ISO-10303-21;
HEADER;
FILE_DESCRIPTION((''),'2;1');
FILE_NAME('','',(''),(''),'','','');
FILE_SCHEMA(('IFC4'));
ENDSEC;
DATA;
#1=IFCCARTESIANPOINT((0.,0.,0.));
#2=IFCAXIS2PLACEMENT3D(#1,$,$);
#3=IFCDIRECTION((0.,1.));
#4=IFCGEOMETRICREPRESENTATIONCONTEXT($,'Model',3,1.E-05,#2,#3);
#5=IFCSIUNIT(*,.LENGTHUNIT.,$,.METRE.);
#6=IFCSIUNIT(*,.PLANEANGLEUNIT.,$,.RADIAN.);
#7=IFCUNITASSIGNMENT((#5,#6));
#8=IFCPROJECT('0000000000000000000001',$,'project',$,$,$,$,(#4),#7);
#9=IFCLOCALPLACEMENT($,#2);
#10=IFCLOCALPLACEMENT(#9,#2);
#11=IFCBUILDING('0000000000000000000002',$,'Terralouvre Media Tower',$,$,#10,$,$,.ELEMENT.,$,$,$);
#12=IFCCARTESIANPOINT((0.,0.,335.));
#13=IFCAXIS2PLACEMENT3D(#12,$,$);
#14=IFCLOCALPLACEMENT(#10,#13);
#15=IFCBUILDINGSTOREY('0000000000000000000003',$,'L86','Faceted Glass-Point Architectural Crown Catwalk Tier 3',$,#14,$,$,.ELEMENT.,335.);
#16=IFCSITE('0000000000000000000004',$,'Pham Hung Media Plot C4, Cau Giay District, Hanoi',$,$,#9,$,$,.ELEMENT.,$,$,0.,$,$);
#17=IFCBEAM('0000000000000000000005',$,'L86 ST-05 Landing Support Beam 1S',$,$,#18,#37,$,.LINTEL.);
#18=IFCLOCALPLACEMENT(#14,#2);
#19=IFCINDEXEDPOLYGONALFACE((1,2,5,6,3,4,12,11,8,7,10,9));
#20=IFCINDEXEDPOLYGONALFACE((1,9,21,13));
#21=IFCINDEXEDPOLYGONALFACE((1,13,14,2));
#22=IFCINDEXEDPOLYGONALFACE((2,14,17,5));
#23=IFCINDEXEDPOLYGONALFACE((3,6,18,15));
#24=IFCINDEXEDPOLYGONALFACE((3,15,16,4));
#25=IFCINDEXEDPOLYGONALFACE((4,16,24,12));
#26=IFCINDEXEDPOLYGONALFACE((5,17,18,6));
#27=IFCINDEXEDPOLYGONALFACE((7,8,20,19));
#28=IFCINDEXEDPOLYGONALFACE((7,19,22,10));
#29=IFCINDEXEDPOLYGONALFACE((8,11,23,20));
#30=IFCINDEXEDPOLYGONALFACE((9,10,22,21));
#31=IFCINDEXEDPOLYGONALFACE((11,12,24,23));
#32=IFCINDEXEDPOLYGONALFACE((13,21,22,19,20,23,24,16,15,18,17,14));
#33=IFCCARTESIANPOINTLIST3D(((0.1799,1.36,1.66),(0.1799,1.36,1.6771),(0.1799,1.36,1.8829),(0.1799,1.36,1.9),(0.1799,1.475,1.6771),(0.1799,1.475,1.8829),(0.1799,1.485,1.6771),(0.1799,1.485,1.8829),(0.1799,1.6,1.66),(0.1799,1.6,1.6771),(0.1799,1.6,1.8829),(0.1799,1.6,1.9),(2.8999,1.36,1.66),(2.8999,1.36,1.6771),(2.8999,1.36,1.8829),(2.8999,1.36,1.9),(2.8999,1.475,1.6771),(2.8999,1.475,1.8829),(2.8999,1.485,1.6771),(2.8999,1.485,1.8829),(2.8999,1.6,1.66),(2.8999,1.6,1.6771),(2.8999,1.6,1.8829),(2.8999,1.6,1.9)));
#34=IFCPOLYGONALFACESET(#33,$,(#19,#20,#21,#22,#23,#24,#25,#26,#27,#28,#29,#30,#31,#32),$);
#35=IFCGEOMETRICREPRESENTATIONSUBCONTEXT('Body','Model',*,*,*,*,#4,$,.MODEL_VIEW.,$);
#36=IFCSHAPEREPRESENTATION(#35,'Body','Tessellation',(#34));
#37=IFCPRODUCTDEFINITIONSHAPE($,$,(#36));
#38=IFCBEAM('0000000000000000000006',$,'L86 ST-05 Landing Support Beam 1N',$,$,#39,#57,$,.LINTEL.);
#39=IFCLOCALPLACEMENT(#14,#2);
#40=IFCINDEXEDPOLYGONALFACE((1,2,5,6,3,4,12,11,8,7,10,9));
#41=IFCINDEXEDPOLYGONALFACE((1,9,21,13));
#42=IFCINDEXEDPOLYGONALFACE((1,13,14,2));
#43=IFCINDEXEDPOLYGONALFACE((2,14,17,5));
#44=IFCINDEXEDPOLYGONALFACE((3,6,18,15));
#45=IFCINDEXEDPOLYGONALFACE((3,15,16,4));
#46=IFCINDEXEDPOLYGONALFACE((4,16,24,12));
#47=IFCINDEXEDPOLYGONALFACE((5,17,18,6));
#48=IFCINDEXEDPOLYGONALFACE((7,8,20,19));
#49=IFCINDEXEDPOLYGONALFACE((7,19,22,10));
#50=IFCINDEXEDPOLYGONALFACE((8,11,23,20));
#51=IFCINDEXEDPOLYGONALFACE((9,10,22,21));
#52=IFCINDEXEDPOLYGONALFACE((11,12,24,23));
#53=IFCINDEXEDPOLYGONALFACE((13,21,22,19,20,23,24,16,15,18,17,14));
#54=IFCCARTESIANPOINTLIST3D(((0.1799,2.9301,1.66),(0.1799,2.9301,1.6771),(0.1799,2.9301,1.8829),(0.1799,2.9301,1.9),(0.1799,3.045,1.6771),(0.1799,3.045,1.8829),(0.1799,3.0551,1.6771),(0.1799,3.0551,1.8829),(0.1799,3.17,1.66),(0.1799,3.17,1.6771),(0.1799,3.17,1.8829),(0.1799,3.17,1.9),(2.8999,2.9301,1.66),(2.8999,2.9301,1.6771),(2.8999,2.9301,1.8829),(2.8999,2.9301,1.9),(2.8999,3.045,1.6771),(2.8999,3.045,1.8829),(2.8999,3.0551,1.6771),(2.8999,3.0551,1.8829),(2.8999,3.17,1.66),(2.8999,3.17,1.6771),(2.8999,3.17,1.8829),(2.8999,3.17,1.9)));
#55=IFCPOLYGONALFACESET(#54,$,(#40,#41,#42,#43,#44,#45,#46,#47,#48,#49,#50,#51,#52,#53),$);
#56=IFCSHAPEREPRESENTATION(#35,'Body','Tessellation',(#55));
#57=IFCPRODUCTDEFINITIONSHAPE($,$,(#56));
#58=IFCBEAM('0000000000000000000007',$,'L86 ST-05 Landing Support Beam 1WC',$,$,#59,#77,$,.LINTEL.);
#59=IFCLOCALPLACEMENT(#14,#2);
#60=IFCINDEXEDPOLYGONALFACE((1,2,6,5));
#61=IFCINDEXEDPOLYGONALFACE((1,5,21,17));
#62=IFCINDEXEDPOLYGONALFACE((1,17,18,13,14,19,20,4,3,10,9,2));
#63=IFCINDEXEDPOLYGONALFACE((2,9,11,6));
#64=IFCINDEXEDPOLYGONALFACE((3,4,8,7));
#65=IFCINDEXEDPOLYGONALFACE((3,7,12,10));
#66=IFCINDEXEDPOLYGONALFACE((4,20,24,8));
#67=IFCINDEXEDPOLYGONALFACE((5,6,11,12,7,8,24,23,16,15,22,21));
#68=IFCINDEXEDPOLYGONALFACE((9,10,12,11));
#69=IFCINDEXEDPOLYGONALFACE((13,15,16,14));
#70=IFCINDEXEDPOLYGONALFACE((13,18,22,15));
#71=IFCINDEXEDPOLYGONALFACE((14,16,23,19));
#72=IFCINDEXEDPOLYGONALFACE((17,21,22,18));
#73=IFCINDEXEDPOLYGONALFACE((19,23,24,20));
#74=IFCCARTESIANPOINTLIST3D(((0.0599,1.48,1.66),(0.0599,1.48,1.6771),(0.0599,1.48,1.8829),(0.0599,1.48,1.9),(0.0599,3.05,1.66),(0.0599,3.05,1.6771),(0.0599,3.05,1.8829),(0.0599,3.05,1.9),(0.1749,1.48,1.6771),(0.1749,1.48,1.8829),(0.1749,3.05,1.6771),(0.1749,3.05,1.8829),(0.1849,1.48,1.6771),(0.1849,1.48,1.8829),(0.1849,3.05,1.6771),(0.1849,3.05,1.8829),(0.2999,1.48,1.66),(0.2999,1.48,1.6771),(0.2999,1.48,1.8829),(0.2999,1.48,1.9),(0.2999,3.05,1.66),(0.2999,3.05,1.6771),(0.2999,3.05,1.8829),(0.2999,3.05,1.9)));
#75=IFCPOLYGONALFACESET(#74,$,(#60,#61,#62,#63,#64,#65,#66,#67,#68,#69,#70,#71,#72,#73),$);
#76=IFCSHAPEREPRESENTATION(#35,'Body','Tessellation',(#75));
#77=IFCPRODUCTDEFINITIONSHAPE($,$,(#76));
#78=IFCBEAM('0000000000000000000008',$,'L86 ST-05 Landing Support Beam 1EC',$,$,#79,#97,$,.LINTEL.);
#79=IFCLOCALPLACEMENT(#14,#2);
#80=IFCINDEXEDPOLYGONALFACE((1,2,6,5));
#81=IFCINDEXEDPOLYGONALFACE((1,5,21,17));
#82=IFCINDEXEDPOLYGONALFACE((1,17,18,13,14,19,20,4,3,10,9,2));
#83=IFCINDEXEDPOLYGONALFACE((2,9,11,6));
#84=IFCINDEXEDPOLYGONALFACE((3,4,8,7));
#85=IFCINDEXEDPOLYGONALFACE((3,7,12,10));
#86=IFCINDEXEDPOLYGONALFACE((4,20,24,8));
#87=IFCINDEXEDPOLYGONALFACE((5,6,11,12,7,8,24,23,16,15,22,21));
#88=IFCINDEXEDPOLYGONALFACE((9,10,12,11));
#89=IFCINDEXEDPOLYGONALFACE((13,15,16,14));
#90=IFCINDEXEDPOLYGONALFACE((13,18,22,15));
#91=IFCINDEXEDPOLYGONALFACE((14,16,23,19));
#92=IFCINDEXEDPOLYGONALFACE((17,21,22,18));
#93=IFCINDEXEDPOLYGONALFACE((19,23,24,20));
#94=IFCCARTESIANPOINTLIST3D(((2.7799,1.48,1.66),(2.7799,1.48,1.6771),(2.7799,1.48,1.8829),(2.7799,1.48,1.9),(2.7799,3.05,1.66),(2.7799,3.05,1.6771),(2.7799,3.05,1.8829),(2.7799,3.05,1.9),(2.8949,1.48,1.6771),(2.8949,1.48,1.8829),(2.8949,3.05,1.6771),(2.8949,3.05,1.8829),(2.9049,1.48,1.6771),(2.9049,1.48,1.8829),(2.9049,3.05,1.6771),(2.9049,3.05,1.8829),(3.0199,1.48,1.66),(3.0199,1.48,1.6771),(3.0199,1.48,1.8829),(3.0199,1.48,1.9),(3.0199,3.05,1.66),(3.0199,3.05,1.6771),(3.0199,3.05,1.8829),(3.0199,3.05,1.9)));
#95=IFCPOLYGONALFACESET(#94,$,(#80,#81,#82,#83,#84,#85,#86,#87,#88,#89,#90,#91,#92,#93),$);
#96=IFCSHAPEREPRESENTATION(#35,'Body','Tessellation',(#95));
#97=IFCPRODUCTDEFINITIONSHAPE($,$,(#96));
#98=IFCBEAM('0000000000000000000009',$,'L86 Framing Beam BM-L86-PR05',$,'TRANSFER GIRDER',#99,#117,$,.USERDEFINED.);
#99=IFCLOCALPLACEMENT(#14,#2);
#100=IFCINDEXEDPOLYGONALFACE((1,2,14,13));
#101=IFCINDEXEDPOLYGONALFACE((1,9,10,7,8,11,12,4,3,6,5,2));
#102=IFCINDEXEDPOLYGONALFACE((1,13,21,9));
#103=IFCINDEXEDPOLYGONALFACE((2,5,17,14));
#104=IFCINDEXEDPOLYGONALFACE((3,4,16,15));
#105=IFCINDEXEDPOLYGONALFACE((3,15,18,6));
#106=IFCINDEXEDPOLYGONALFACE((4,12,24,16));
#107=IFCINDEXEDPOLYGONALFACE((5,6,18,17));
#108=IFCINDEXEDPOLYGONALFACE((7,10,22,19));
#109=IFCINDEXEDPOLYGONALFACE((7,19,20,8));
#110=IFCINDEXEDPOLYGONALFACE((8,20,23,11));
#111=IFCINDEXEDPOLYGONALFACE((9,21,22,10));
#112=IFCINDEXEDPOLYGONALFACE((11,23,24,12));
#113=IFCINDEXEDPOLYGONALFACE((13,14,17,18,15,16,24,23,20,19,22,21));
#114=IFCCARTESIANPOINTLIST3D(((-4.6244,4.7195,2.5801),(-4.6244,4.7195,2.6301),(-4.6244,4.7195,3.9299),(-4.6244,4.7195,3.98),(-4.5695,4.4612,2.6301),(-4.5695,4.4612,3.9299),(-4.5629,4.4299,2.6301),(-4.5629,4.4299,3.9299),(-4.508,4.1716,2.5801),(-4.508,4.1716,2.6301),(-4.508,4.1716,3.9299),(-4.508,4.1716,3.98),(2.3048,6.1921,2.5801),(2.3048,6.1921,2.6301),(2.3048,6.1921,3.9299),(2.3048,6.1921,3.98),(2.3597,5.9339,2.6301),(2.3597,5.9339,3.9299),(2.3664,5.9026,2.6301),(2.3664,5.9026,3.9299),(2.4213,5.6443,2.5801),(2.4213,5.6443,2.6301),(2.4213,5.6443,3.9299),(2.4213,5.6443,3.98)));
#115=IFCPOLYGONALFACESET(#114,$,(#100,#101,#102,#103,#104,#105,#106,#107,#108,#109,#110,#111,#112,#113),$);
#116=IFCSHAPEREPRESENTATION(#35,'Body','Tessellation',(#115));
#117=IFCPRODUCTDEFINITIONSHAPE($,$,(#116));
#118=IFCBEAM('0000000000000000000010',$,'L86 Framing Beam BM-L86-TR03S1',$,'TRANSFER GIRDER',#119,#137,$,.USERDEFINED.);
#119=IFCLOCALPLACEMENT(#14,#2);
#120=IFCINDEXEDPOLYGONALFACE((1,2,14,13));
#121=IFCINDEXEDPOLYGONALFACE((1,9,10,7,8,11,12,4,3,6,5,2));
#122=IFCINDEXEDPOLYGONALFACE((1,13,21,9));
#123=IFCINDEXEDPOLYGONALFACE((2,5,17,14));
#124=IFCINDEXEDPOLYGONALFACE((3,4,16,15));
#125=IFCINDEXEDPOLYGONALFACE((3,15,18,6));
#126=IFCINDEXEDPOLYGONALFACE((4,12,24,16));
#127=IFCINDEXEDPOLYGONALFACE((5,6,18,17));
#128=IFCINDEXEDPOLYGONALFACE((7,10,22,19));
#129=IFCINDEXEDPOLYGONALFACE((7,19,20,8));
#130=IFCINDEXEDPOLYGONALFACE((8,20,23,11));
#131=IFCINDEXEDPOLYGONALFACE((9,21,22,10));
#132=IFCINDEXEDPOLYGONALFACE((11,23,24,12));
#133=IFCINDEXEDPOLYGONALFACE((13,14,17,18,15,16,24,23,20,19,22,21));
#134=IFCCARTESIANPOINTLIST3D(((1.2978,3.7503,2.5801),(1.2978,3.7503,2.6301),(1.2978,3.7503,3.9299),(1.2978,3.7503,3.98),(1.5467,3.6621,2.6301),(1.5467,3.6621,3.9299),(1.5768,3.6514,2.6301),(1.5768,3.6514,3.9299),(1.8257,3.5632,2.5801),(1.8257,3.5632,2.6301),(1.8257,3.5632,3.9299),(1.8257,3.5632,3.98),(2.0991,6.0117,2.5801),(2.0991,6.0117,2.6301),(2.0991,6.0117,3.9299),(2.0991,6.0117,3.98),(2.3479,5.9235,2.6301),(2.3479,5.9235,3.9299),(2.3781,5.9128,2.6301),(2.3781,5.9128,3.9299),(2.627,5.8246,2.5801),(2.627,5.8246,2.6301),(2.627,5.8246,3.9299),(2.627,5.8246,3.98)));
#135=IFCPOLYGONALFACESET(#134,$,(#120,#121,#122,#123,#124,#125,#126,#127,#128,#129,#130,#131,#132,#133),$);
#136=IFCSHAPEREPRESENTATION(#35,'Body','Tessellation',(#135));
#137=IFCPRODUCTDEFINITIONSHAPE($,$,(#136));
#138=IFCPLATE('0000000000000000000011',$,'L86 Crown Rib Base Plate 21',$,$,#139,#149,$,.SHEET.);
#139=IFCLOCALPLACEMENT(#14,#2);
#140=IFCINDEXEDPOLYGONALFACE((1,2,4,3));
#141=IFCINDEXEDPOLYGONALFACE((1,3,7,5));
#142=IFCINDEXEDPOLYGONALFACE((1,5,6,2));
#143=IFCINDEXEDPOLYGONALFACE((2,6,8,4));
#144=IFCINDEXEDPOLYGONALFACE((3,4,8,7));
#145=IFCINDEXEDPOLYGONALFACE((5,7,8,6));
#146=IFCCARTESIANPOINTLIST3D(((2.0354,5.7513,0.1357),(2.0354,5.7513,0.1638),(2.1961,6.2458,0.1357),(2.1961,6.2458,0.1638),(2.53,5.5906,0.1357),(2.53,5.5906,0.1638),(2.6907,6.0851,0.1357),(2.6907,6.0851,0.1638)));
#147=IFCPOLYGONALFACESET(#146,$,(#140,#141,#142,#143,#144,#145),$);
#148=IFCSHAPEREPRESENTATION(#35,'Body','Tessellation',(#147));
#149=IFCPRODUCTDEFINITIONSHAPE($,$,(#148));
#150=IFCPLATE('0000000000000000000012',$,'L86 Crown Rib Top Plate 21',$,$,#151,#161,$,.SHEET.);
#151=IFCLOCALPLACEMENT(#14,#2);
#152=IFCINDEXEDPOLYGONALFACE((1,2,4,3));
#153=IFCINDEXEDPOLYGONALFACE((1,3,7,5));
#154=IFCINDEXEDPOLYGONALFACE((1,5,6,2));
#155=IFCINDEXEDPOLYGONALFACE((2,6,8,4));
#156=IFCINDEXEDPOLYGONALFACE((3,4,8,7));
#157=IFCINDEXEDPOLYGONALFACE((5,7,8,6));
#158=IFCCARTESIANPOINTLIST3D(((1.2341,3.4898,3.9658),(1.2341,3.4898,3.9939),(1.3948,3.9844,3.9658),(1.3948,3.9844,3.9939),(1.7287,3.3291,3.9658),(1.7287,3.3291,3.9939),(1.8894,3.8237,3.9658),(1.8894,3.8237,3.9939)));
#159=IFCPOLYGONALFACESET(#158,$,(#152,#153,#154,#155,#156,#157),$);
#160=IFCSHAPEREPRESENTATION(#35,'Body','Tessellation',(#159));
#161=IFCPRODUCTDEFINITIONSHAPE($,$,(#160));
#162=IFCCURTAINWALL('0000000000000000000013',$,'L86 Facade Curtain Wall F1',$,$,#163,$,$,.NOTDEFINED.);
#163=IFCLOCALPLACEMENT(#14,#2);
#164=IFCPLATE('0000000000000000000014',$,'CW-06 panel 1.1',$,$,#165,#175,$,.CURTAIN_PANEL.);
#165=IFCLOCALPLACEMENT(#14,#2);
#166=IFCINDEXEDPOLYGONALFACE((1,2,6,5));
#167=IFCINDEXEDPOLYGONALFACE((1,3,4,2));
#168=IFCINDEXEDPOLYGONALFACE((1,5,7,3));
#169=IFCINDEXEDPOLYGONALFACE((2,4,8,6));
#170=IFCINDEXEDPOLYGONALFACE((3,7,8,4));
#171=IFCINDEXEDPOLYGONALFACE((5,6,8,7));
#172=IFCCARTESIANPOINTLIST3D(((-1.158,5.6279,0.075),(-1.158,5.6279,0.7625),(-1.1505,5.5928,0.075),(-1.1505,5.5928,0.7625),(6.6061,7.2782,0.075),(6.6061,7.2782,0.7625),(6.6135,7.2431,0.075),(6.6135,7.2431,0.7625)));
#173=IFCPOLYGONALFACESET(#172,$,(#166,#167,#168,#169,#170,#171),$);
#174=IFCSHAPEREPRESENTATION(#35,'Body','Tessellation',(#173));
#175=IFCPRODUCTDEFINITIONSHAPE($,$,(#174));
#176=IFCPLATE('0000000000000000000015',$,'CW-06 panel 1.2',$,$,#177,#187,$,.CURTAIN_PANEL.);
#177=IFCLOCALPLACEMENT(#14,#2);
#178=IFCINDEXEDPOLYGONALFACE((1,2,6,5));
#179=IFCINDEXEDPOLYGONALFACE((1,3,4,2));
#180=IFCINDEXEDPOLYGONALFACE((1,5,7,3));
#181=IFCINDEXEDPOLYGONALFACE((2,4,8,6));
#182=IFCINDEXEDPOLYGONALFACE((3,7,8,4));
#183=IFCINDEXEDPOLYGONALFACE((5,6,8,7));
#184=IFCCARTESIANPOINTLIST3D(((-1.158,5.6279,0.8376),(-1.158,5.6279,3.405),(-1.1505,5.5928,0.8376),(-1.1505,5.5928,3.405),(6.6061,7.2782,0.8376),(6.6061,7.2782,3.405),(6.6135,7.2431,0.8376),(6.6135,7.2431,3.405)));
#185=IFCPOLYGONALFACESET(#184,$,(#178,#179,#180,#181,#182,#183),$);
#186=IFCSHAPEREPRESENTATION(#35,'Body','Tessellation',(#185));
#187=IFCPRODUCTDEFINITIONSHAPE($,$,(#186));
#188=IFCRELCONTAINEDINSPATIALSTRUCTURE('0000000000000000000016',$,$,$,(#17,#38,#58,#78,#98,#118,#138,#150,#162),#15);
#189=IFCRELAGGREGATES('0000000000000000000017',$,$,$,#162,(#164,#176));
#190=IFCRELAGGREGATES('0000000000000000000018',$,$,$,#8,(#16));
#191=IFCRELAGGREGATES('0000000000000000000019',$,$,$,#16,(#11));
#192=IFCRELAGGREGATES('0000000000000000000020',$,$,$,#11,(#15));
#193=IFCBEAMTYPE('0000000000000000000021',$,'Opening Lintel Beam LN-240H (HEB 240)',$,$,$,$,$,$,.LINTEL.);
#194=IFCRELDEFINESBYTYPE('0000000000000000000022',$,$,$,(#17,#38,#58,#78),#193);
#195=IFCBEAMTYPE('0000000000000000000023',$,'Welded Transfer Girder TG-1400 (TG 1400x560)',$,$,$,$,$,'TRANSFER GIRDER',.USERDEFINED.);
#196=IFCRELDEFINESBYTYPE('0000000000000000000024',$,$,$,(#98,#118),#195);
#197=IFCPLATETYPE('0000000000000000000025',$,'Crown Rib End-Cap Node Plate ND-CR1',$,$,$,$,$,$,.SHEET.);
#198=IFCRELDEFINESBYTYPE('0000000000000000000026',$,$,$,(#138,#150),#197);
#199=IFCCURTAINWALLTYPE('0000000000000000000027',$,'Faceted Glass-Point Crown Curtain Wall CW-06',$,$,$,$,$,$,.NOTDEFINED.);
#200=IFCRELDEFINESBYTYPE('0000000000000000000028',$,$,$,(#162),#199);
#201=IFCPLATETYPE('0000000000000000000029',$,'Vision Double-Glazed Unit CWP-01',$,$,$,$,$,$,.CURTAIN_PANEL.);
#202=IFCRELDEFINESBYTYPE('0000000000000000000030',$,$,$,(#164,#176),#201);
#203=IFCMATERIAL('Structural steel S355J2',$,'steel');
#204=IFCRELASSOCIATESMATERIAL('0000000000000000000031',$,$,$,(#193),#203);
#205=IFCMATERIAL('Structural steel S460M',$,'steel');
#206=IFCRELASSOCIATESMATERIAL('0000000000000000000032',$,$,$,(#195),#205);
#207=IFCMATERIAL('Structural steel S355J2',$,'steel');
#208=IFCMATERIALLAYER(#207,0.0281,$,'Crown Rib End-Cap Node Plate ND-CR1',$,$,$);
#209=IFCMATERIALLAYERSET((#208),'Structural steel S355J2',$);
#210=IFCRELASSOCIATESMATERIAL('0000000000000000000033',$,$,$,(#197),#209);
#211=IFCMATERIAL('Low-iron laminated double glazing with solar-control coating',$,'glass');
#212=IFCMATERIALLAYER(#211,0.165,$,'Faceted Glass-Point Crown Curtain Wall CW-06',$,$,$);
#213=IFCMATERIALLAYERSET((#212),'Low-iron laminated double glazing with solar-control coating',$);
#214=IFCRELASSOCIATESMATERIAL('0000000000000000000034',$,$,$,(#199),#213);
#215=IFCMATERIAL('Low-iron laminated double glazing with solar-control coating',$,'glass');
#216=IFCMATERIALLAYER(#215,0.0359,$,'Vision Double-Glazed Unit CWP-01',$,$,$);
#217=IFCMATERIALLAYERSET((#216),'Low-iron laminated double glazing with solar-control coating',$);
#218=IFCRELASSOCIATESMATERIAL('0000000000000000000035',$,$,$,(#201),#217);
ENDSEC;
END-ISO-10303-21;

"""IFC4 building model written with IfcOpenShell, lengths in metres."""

from ifc_helpers import new_model, si_unit, direction, frame, origin, origin_2d, place, context, subcontext, project, spatial, rectangle, i_section, extrude, material, layer, layer_set, material_profile, profile_set, type_object, element, aggregate, save


model = new_model("IFC4")

# Units and contexts
model_context = context("Model", 3, precision=1e-05, world=origin(), true_north=direction((0.0, 1.0)))
body_context = subcontext(model_context, "Body", "Model", "MODEL_VIEW")
ifc_project = project(units=[si_unit("LENGTHUNIT", "METRE"), si_unit("PLANEANGLEUNIT", "RADIAN")], contexts=[model_context])

# Site, building, storey
site_placement = place(None, origin())
site = spatial("IfcSite", under=ifc_project, at=site_placement, Name="Pham Hung Media Plot C4, Cau Giay District, Hanoi", CompositionType="ELEMENT", RefElevation=0.0)
building_placement = place(site_placement, origin())
building = spatial("IfcBuilding", under=site, at=building_placement, Name="Terralouvre Media Tower", CompositionType="ELEMENT")
storey_placement = place(building_placement, frame((0.0, 0.0, 335.0)))
storey = spatial("IfcBuildingStorey", under=building, at=storey_placement, Name="L86", Description="Faceted Glass-Point Architectural Crown Catwalk Tier 3", CompositionType="ELEMENT", Elevation=335.0)

# Beams
ifc_material_1 = material(Name="Structural steel S355J2", Category="steel")
ifc_material_profile_1 = material_profile(ifc_material_1, i_section(OverallWidth=0.24, OverallDepth=0.24, WebThickness=0.01, FlangeThickness=0.0171, at=origin_2d()), Name="HEB 240")
ifc_profile_set_1 = profile_set([ifc_material_profile_1], Name="Structural steel S355J2")
beam_type_1 = type_object("IfcBeamType", Name="Opening Lintel Beam LN-240H (HEB 240)", PredefinedType="LINTEL", material=ifc_profile_set_1)
for number, where, z_axis, x_axis, name in (
    (1, (0.1799, 1.48, 1.78), (1.0, 0.0, 0.0), (0.0, 1.0, 0.0), "L86 ST-05 Landing Support Beam 1S"),
    (2, (0.1799, 3.05, 1.78), (1.0, 0.0, 0.0), (0.0, 1.0, 0.0), "L86 ST-05 Landing Support Beam 1N"),
):
    element("IfcBeam", number, at=place(storey_placement, frame(where, z_axis=z_axis, x_axis=x_axis)), inside=storey, type_object=beam_type_1, Name=name, PredefinedType="LINTEL", context=body_context, shape_type="SweptSolid", body=[
        extrude(i_section(OverallWidth=0.24, OverallDepth=0.24, WebThickness=0.01, FlangeThickness=0.0171, at=origin_2d()), origin(), (0.0, 0.0, 1.0), 2.72),
    ])
for number, where, z_axis, x_axis, name in (
    (3, (0.1799, 1.48, 1.78), (0.0, 1.0, 0.0), (-1.0, 0.0, 0.0), "L86 ST-05 Landing Support Beam 1WC"),
    (4, (2.8999, 1.48, 1.78), (0.0, 1.0, 0.0), (-1.0, 0.0, 0.0), "L86 ST-05 Landing Support Beam 1EC"),
):
    element("IfcBeam", number, at=place(storey_placement, frame(where, z_axis=z_axis, x_axis=x_axis)), inside=storey, type_object=beam_type_1, Name=name, PredefinedType="LINTEL", context=body_context, shape_type="SweptSolid", body=[
        extrude(i_section(OverallWidth=0.24, OverallDepth=0.24, WebThickness=0.01, FlangeThickness=0.0171, at=origin_2d()), origin(), (0.0, 0.0, 1.0), 1.5701),
    ])
ifc_material_2 = material(Name="Structural steel S460M", Category="steel")
ifc_material_profile_2 = material_profile(ifc_material_2, i_section(OverallWidth=0.5601, OverallDepth=1.3999, WebThickness=0.032, FlangeThickness=0.05, at=origin_2d()), Name="TG 1400x560")
ifc_profile_set_2 = profile_set([ifc_material_profile_2], Name="Structural steel S460M")
beam_type_2 = type_object("IfcBeamType", Name="Welded Transfer Girder TG-1400 (TG 1400x560)", ElementType="TRANSFER GIRDER", PredefinedType="USERDEFINED", material=ifc_profile_set_2)
beam_1_placement = place(storey_placement, frame((2.363, 5.9182, 3.28), z_axis=(-0.978153, -0.207886, 0.0), x_axis=(0.207886, -0.978153, 0.0)))
element("IfcBeam", 5, at=beam_1_placement, inside=storey, type_object=beam_type_2, Name="L86 Framing Beam BM-L86-PR05", ObjectType="TRANSFER GIRDER", PredefinedType="USERDEFINED", context=body_context, shape_type="SweptSolid", body=[
    extrude(i_section(OverallWidth=0.5601, OverallDepth=1.3999, WebThickness=0.032, FlangeThickness=0.05, at=origin_2d()), origin(), (0.0, 0.0, 1.0), 7.084),
])
beam_2_placement = place(storey_placement, frame((1.5618, 3.6567, 3.28), z_axis=(0.33397, 0.942584, 0.0), x_axis=(-0.942584, 0.33397, 0.0)))
element("IfcBeam", 6, at=beam_2_placement, inside=storey, type_object=beam_type_2, Name="L86 Framing Beam BM-L86-TR03S1", ObjectType="TRANSFER GIRDER", PredefinedType="USERDEFINED", context=body_context, shape_type="SweptSolid", body=[
    extrude(i_section(OverallWidth=0.5601, OverallDepth=1.3999, WebThickness=0.032, FlangeThickness=0.05, at=origin_2d()), origin(), (0.0, 0.0, 1.0), 2.3992),
])

# Plates
ifc_material_3 = material(Name="Structural steel S355J2", Category="steel")
ifc_layer_1 = layer(ifc_material_3, 0.0281, Name="Crown Rib End-Cap Node Plate ND-CR1")
ifc_layer_set_1 = layer_set([ifc_layer_1], Name="Structural steel S355J2")
plate_type_1 = type_object("IfcPlateType", Name="Crown Rib End-Cap Node Plate ND-CR1", PredefinedType="SHEET", material=ifc_layer_set_1)
for number, where, z_axis, x_axis, name in (
    (7, (2.363, 5.9182, 0.1357), (0.0, 0.0, 1.0), (0.309017, 0.951057, 0.0), "L86 Crown Rib Base Plate 21"),
    (8, (1.5618, 3.6567, 3.9658), (0.0, 0.0, 1.0), (0.309017, 0.951057, 0.0), "L86 Crown Rib Top Plate 21"),
):
    element("IfcPlate", number, at=place(storey_placement, frame(where, z_axis=z_axis, x_axis=x_axis)), inside=storey, type_object=plate_type_1, Name=name, PredefinedType="SHEET", context=body_context, shape_type="SweptSolid", body=[
        extrude(rectangle(XDim=0.52, YDim=0.52, at=origin_2d()), origin(), (0.0, 0.0, 1.0), 0.0281),
    ])

# Curtain wall, plates
ifc_material_4 = material(Name="Low-iron laminated double glazing with solar-control coating", Category="glass")
ifc_layer_2 = layer(ifc_material_4, 0.165, Name="Faceted Glass-Point Crown Curtain Wall CW-06")
ifc_layer_set_2 = layer_set([ifc_layer_2], Name="Low-iron laminated double glazing with solar-control coating")
curtain_wall_type = type_object("IfcCurtainWallType", Name="Faceted Glass-Point Crown Curtain Wall CW-06", PredefinedType="NOTDEFINED", material=ifc_layer_set_2)
curtain_wall_placement = place(storey_placement, origin())
curtain_wall = element("IfcCurtainWall", 9, at=curtain_wall_placement, inside=storey, type_object=curtain_wall_type, Name="L86 Facade Curtain Wall F1", PredefinedType="NOTDEFINED")
ifc_material_5 = material(Name="Low-iron laminated double glazing with solar-control coating", Category="glass")
ifc_layer_3 = layer(ifc_material_5, 0.0359, Name="Vision Double-Glazed Unit CWP-01")
ifc_layer_set_3 = layer_set([ifc_layer_3], Name="Low-iron laminated double glazing with solar-control coating")
plate_type_2 = type_object("IfcPlateType", Name="Vision Double-Glazed Unit CWP-01", PredefinedType="CURTAIN_PANEL", material=ifc_layer_set_3)
plate_1_placement = place(storey_placement, frame((2.7278, 6.4355, 0.075), z_axis=(0.0, 0.0, 1.0), x_axis=(-0.978148, -0.207912, 0.0)))
plate_1 = element("IfcPlate", 10, at=plate_1_placement, type_object=plate_type_2, Name="CW-06 panel 1.1", PredefinedType="CURTAIN_PANEL", context=body_context, shape_type="SweptSolid", body=[
    extrude(rectangle(XDim=7.9375, YDim=0.0359, at=origin_2d()), origin(), (0.0, 0.0, 1.0), 0.6875),
])
plate_2_placement = place(storey_placement, frame((2.7278, 6.4355, 0.8376), z_axis=(0.0, 0.0, 1.0), x_axis=(-0.978148, -0.207912, 0.0)))
plate_2 = element("IfcPlate", 11, at=plate_2_placement, type_object=plate_type_2, Name="CW-06 panel 1.2", PredefinedType="CURTAIN_PANEL", context=body_context, shape_type="SweptSolid", body=[
    extrude(rectangle(XDim=7.9375, YDim=0.0359, at=origin_2d()), origin(), (0.0, 0.0, 1.0), 2.5674),
])
aggregate(curtain_wall, [plate_1, plate_2])

save(model, "model.ifc")
